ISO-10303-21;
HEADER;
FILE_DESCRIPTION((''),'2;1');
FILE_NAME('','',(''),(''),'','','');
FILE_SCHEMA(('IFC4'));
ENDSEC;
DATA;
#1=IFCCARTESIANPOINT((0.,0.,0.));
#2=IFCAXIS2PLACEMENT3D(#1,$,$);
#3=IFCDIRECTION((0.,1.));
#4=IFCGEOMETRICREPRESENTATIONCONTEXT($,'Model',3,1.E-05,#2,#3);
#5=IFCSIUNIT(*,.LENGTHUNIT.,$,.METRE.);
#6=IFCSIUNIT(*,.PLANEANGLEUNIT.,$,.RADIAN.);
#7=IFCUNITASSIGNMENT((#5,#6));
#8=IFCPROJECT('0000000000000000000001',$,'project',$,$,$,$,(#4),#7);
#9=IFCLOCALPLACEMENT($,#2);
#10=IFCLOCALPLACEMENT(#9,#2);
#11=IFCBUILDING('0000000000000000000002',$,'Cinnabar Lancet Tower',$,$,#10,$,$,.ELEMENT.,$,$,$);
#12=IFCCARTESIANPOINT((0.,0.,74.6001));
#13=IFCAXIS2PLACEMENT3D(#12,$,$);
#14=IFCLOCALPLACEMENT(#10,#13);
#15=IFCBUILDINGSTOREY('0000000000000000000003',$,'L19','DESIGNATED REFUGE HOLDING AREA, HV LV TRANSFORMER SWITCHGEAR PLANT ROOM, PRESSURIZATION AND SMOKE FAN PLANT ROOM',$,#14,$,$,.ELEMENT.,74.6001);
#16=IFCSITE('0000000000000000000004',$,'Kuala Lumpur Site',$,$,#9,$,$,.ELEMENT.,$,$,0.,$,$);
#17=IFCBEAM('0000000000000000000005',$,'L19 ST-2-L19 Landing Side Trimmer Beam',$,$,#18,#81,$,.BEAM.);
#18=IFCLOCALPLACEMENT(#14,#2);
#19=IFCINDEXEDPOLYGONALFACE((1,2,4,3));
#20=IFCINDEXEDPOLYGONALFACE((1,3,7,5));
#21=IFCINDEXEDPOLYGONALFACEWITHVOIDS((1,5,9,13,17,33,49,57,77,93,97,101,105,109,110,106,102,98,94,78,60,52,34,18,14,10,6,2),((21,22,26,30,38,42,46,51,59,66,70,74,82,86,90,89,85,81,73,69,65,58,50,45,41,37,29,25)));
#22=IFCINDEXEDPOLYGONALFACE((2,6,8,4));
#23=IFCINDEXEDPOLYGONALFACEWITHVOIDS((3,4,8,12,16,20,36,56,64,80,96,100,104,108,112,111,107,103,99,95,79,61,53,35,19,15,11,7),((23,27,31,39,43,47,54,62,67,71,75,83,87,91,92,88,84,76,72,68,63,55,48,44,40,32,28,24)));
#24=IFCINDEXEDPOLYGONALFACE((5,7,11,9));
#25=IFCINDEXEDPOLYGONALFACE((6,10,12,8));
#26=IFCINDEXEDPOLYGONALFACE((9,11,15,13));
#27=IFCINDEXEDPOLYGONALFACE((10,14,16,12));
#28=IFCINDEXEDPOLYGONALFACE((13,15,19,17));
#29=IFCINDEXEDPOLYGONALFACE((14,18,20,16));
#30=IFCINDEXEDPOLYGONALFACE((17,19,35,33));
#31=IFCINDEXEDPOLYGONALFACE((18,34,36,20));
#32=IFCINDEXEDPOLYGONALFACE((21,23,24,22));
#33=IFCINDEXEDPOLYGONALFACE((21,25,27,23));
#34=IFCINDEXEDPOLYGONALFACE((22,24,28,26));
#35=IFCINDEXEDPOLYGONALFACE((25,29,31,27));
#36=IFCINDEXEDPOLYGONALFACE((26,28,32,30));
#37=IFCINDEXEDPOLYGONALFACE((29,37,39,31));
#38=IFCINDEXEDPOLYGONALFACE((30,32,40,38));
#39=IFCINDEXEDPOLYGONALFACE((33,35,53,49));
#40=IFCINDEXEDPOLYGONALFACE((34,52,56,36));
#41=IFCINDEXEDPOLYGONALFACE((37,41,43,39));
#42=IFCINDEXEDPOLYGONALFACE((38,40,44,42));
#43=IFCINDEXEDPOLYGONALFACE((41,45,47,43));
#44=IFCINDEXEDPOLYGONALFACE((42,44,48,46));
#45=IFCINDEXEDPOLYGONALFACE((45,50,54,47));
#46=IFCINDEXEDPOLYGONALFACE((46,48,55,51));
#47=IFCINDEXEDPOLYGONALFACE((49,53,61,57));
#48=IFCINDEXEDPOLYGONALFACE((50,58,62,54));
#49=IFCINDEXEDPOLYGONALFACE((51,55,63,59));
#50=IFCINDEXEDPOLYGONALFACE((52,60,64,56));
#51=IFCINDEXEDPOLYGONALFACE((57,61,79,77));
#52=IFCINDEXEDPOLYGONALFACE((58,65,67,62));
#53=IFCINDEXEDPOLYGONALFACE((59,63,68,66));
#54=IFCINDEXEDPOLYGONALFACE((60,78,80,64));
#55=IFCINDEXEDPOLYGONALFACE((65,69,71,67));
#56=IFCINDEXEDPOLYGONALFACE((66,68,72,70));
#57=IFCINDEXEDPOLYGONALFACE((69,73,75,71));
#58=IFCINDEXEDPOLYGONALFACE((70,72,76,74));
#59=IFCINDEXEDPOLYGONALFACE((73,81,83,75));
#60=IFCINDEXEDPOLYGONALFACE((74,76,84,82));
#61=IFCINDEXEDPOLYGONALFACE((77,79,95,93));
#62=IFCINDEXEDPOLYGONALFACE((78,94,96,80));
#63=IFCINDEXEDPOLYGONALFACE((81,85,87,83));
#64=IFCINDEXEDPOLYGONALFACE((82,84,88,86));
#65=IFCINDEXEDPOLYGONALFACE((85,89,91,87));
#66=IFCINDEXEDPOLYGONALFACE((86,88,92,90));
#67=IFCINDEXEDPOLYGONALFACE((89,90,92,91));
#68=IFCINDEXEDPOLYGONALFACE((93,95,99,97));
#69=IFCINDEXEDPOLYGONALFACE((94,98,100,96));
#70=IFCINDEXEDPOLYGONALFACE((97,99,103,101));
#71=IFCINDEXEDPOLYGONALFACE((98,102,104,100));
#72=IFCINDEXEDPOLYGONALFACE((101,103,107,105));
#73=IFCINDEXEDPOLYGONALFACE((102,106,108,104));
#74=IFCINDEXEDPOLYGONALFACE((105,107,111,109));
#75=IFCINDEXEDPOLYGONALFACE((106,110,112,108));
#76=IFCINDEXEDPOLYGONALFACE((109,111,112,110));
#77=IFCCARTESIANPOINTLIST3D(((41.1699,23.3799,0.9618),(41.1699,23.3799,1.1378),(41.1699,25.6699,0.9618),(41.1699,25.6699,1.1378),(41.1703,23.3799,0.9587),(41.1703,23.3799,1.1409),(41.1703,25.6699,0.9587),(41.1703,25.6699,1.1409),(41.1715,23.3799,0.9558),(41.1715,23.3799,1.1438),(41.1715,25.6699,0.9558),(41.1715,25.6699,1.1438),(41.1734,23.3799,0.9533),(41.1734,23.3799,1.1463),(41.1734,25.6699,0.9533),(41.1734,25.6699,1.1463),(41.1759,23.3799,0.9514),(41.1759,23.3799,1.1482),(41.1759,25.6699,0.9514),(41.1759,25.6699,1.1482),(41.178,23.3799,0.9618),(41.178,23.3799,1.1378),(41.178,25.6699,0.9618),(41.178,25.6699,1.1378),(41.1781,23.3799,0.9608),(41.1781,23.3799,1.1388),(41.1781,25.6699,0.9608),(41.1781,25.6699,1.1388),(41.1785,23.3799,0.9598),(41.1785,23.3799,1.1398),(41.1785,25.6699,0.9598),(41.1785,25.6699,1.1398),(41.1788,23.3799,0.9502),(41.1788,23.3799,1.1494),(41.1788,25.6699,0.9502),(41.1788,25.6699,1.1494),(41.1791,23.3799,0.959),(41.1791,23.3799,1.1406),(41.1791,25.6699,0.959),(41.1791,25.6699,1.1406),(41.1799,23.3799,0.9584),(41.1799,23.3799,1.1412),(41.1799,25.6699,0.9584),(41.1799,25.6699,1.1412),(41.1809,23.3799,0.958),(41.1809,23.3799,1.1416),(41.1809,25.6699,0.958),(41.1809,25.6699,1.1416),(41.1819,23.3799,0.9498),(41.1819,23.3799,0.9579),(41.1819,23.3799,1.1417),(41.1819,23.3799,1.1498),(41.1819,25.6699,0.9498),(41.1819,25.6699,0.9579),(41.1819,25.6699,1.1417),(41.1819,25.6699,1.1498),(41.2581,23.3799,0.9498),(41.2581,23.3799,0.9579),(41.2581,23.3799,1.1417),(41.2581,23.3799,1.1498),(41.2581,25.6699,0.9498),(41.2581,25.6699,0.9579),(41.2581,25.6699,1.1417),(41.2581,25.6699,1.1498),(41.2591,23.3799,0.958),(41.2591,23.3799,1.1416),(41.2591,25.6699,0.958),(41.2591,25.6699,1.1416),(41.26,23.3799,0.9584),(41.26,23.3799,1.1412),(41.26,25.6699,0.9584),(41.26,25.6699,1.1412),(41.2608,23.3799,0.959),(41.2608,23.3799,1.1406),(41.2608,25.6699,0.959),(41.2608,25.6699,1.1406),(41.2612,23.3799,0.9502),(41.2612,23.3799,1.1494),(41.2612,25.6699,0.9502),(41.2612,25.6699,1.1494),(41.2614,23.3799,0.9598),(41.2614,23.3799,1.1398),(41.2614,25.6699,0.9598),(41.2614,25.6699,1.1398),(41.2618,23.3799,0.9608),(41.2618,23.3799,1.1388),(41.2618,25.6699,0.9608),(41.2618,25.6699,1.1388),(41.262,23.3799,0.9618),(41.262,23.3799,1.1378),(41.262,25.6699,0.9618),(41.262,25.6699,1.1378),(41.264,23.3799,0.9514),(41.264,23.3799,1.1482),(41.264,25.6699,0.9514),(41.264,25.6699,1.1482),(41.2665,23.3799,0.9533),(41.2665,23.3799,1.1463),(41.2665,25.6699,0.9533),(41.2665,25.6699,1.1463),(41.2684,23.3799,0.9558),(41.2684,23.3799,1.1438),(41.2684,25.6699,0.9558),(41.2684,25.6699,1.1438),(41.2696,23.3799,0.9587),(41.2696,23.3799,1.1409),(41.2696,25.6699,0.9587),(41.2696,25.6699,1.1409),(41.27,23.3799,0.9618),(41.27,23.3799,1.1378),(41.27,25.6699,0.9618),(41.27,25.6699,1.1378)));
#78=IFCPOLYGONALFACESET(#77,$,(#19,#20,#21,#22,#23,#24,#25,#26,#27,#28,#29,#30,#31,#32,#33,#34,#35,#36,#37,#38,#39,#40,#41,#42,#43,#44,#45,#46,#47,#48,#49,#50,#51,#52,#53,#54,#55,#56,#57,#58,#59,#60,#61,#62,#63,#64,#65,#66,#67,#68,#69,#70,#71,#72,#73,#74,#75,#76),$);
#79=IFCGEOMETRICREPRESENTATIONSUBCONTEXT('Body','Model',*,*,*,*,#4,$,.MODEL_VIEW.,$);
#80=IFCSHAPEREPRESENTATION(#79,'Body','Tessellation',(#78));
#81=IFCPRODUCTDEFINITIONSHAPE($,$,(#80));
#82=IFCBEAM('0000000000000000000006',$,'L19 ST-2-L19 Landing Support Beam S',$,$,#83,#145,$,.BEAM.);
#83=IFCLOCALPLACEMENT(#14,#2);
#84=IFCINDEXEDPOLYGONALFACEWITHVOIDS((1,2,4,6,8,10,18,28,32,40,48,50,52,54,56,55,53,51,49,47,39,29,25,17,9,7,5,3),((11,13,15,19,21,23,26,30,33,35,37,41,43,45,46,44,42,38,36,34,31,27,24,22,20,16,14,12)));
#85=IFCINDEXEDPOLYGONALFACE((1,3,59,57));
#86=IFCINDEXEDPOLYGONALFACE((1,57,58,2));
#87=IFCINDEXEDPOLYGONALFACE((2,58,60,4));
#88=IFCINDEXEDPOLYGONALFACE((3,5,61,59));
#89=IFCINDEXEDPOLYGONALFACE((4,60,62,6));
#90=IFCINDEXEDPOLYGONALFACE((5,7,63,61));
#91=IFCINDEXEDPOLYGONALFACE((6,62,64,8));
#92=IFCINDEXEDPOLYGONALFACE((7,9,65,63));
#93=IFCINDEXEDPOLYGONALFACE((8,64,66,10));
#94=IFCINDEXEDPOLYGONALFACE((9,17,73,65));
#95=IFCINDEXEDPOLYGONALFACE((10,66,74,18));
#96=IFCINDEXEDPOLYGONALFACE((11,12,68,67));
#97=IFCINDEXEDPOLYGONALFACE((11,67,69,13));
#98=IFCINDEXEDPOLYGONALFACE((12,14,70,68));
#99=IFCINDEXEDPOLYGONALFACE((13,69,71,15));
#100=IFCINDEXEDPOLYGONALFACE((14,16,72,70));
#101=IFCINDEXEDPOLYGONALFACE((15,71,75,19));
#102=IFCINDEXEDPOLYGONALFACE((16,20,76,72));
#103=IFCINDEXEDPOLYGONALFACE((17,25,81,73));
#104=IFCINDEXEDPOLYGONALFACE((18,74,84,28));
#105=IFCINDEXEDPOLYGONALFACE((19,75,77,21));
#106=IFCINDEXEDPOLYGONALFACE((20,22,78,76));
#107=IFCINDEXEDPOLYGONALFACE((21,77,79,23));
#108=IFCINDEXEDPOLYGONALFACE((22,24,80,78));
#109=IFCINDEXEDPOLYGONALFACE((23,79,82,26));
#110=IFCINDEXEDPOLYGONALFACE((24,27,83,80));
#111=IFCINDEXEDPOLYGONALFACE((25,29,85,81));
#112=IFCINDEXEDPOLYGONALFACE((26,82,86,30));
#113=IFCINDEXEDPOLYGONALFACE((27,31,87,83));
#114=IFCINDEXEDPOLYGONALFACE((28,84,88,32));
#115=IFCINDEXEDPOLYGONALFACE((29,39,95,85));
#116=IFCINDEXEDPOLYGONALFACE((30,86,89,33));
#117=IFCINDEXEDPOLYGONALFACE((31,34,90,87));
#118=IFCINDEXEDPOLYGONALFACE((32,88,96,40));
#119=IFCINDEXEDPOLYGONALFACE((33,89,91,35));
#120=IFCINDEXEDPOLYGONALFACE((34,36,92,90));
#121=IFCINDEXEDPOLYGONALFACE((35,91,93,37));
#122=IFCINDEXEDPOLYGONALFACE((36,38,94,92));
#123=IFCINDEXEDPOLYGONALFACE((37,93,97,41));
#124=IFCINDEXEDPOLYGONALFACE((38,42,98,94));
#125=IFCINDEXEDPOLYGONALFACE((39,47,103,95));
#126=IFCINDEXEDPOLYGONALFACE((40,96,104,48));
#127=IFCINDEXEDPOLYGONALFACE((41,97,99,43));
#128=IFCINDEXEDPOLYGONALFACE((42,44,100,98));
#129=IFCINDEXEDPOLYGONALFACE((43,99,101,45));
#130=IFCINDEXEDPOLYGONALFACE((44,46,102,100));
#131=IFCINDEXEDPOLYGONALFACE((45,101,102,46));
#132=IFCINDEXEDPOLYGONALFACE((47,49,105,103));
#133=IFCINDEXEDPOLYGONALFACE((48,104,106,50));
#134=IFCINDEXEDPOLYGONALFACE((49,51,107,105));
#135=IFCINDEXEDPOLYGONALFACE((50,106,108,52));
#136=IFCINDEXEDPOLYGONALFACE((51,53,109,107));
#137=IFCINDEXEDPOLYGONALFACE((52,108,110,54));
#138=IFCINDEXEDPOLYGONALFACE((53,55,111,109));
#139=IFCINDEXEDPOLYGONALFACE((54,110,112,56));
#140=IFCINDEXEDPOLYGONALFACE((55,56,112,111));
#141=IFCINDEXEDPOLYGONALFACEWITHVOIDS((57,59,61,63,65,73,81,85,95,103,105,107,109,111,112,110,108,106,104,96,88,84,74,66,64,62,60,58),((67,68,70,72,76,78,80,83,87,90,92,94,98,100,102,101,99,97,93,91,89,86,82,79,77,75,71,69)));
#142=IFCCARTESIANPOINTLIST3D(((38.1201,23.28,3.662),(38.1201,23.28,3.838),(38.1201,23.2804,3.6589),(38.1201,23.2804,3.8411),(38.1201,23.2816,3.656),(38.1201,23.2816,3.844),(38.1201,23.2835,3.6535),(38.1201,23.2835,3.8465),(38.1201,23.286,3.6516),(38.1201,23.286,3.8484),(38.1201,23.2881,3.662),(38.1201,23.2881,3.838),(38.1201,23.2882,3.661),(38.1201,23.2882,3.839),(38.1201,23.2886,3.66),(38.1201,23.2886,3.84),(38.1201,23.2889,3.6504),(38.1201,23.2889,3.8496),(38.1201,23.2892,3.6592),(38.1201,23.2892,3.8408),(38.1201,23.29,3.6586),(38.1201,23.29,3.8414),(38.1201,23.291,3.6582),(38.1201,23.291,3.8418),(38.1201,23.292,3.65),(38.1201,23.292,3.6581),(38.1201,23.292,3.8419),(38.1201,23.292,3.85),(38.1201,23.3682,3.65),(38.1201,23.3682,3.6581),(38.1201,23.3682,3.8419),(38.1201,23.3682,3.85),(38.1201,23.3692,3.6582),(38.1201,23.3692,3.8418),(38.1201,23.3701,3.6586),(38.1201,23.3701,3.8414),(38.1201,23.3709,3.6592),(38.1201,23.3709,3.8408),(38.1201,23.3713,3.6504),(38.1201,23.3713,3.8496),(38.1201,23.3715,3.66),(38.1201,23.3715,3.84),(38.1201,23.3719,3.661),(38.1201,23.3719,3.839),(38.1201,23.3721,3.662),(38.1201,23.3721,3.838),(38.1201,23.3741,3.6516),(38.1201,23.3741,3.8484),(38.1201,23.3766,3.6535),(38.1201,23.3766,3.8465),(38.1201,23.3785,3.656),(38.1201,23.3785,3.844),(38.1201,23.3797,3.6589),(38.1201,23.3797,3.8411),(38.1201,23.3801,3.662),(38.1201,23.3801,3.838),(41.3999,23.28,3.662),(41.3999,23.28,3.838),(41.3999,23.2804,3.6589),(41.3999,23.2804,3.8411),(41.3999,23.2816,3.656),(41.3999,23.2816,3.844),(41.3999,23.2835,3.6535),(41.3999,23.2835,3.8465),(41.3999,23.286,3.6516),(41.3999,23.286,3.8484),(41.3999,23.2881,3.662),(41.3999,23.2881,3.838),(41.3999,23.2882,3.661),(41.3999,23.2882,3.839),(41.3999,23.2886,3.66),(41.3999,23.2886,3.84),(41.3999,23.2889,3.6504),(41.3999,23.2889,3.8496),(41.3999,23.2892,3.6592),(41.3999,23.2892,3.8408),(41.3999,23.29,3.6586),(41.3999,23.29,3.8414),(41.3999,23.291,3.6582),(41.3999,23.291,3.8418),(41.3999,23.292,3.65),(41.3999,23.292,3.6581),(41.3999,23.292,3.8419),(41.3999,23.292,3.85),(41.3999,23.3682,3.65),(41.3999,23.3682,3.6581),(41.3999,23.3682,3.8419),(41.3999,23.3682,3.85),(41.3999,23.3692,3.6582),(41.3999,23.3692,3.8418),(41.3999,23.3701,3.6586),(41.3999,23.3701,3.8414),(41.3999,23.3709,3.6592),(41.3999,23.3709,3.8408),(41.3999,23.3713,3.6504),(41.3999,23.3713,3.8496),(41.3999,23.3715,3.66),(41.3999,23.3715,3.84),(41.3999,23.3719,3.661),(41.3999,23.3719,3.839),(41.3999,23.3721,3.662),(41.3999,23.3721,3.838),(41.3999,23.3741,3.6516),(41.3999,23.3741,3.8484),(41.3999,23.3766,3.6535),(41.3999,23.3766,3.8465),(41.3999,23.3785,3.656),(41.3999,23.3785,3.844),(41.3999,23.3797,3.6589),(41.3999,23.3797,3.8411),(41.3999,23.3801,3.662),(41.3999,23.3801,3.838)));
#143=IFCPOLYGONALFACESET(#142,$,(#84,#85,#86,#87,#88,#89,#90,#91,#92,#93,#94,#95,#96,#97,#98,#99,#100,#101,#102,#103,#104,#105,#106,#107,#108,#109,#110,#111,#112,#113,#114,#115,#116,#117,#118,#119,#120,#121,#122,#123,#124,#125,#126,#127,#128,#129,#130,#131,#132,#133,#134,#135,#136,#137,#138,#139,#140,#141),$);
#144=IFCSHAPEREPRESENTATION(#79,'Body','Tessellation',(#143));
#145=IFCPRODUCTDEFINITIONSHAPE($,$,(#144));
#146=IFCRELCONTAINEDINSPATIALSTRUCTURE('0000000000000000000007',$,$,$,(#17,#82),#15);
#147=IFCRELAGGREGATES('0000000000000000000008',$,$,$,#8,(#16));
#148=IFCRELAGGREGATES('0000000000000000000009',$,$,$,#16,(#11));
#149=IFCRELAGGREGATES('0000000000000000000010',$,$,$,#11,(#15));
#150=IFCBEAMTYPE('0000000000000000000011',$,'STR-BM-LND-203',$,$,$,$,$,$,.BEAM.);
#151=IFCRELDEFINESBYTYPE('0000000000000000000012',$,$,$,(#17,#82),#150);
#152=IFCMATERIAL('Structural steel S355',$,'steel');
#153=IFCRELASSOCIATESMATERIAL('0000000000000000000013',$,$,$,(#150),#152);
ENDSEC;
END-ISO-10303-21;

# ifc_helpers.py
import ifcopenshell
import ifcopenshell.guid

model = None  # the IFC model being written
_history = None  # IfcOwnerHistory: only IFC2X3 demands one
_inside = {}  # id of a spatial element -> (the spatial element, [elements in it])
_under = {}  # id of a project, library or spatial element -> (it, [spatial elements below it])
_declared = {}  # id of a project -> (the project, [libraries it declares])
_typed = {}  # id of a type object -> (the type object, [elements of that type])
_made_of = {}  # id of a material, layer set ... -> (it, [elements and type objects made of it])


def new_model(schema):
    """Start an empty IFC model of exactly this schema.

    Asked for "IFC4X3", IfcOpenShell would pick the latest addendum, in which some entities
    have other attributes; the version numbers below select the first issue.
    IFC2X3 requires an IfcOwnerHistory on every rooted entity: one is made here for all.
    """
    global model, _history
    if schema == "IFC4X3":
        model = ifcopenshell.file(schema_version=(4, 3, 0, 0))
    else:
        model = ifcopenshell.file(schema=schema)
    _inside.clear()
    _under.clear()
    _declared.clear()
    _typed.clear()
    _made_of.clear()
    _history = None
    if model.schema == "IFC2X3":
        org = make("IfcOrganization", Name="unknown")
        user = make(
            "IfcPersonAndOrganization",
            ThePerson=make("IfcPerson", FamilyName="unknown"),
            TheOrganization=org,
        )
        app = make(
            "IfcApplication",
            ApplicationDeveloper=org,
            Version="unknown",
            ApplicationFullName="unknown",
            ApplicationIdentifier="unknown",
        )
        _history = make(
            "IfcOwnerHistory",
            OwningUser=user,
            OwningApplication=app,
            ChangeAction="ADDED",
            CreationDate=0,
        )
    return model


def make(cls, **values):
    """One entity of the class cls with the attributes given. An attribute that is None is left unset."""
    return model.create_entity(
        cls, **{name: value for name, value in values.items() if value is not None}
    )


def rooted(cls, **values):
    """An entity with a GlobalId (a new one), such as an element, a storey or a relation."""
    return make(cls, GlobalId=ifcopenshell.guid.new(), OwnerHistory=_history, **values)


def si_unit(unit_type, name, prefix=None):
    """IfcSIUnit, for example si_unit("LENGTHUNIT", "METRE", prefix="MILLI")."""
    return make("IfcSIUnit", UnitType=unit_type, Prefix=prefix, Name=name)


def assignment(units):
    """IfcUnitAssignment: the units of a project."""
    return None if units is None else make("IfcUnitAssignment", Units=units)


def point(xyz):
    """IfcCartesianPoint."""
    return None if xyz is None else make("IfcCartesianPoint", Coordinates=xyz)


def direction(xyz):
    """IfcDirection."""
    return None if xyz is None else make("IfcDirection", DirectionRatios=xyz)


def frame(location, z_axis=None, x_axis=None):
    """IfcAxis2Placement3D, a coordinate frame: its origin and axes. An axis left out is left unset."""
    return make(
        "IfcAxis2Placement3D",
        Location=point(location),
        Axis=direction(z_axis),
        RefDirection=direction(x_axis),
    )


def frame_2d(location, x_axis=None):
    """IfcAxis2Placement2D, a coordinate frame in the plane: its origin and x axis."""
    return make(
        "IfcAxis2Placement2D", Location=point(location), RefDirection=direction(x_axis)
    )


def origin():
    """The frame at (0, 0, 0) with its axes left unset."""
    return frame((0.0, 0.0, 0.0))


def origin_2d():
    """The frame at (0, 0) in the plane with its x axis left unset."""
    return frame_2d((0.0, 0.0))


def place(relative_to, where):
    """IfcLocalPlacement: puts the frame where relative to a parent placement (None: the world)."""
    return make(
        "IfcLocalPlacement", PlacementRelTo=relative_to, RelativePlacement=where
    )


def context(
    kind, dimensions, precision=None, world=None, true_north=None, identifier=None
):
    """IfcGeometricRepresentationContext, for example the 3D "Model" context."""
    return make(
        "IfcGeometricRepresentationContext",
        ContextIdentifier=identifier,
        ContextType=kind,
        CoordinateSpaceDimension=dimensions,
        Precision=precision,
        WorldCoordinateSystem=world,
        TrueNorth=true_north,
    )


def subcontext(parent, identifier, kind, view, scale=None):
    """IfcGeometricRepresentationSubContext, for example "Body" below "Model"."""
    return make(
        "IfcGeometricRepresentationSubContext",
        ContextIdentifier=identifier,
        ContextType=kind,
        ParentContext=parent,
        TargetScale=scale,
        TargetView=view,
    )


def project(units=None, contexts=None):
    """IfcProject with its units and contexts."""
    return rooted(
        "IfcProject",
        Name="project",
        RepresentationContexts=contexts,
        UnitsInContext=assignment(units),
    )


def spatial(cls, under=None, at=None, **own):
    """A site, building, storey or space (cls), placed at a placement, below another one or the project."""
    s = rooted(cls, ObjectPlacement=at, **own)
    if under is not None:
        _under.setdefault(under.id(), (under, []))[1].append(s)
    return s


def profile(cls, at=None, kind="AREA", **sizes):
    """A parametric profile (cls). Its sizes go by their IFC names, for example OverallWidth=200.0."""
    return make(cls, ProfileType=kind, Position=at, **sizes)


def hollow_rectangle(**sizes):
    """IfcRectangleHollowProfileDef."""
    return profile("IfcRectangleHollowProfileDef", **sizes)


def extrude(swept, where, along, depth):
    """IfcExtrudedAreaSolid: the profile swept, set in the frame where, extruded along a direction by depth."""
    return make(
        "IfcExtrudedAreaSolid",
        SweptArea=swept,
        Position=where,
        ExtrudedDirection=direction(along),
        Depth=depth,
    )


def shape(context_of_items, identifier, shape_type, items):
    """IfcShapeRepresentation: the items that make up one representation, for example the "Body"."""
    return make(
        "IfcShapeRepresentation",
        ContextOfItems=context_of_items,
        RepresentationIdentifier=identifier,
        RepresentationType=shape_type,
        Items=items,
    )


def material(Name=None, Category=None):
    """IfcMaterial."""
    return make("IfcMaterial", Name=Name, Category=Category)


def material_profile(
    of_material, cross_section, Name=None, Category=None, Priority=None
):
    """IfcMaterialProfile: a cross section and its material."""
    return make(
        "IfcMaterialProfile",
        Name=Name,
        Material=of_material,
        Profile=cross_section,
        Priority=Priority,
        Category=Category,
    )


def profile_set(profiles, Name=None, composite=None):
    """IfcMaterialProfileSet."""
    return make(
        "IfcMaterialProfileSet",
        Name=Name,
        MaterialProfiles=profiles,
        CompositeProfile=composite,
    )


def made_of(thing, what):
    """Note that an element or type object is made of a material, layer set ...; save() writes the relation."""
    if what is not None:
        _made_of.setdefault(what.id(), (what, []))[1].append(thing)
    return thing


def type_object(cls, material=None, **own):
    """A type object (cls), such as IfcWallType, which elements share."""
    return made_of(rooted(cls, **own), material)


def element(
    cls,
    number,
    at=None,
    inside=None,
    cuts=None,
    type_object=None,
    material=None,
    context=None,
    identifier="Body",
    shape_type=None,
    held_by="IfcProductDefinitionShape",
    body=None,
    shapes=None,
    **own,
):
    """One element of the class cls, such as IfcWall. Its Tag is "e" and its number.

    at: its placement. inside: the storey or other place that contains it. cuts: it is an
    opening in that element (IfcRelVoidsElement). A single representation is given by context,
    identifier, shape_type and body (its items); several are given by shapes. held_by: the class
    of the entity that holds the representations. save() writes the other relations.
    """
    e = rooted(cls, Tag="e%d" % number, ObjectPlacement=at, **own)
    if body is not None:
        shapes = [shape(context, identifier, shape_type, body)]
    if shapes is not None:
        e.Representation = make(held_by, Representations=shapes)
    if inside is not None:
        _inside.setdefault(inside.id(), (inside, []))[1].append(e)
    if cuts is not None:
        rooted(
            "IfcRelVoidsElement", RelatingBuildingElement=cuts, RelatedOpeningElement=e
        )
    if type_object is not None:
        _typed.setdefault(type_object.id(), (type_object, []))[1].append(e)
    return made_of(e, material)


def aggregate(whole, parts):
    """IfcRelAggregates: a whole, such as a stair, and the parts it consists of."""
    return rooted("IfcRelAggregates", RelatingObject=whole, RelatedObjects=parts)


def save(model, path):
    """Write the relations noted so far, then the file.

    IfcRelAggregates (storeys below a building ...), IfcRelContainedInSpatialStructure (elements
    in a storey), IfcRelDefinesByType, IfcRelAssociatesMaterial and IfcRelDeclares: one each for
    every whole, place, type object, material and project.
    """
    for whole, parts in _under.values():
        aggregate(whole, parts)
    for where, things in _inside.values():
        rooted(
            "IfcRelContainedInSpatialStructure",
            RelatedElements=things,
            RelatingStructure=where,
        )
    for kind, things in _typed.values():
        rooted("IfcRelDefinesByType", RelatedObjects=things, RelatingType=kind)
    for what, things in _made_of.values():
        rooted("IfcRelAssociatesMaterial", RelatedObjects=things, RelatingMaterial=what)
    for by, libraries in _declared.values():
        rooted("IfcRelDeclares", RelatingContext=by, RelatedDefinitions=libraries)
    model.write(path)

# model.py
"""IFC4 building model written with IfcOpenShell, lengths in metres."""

from ifc_helpers import new_model, si_unit, direction, frame, origin, origin_2d, place, context, subcontext, project, spatial, hollow_rectangle, extrude, material, material_profile, profile_set, type_object, element, save


model = new_model("IFC4")

# Units and contexts
model_context = context("Model", 3, precision=1e-05, world=origin(), true_north=direction((0.0, 1.0)))
body_context = subcontext(model_context, "Body", "Model", "MODEL_VIEW")
ifc_project = project(units=[si_unit("LENGTHUNIT", "METRE"), si_unit("PLANEANGLEUNIT", "RADIAN")], contexts=[model_context])

# Site, building, storey
site_placement = place(None, origin())
site = spatial("IfcSite", under=ifc_project, at=site_placement, Name="Kuala Lumpur Site", CompositionType="ELEMENT", RefElevation=0.0)
building_placement = place(site_placement, origin())
building = spatial("IfcBuilding", under=site, at=building_placement, Name="Cinnabar Lancet Tower", CompositionType="ELEMENT")
storey_placement = place(building_placement, frame((0.0, 0.0, 74.6001)))
storey = spatial("IfcBuildingStorey", under=building, at=storey_placement, Name="L19", Description="DESIGNATED REFUGE HOLDING AREA, HV LV TRANSFORMER SWITCHGEAR PLANT ROOM, PRESSURIZATION AND SMOKE FAN PLANT ROOM", CompositionType="ELEMENT", Elevation=74.6001)

# Beams
ifc_material_1 = material(Name="Structural steel S355", Category="steel")
ifc_material_profile_1 = material_profile(ifc_material_1, hollow_rectangle(XDim=0.1001, YDim=0.2, WallThickness=0.0081, InnerFilletRadius=0.0039, OuterFilletRadius=0.012, at=origin_2d()), Name="RHS 200x100x8")
ifc_profile_set_1 = profile_set([ifc_material_profile_1], Name="Structural steel S355")
beam_type = type_object("IfcBeamType", Name="STR-BM-LND-203", PredefinedType="BEAM", material=ifc_profile_set_1)
beam_1_placement = place(storey_placement, frame((41.22, 23.3799, 1.0498), z_axis=(0.0, 1.0, 0.0), x_axis=(-1.0, 0.0, 0.0)))
element("IfcBeam", 1, at=beam_1_placement, inside=storey, type_object=beam_type, Name="L19 ST-2-L19 Landing Side Trimmer Beam", PredefinedType="BEAM", context=body_context, shape_type="SweptSolid", body=[
    extrude(hollow_rectangle(XDim=0.1001, YDim=0.2, WallThickness=0.0081, InnerFilletRadius=0.0039, OuterFilletRadius=0.012, at=origin_2d()), origin(), (0.0, 0.0, 1.0), 2.29),
])
for number, where, z_axis, x_axis, name in (
    (2, (38.1201, 23.3301, 3.75), (1.0, 0.0, 0.0), (0.0, 1.0, 0.0), "L19 ST-2-L19 Landing Support Beam S"),
):
    element("IfcBeam", number, at=place(storey_placement, frame(where, z_axis=z_axis, x_axis=x_axis)), inside=storey, type_object=beam_type, Name=name, PredefinedType="BEAM", context=body_context, shape_type="SweptSolid", body=[
        extrude(hollow_rectangle(XDim=0.1001, YDim=0.2, WallThickness=0.0081, InnerFilletRadius=0.0039, OuterFilletRadius=0.012, at=origin_2d()), origin(), (0.0, 0.0, 1.0), 3.2798),
    ])

save(model, "model.ifc")
